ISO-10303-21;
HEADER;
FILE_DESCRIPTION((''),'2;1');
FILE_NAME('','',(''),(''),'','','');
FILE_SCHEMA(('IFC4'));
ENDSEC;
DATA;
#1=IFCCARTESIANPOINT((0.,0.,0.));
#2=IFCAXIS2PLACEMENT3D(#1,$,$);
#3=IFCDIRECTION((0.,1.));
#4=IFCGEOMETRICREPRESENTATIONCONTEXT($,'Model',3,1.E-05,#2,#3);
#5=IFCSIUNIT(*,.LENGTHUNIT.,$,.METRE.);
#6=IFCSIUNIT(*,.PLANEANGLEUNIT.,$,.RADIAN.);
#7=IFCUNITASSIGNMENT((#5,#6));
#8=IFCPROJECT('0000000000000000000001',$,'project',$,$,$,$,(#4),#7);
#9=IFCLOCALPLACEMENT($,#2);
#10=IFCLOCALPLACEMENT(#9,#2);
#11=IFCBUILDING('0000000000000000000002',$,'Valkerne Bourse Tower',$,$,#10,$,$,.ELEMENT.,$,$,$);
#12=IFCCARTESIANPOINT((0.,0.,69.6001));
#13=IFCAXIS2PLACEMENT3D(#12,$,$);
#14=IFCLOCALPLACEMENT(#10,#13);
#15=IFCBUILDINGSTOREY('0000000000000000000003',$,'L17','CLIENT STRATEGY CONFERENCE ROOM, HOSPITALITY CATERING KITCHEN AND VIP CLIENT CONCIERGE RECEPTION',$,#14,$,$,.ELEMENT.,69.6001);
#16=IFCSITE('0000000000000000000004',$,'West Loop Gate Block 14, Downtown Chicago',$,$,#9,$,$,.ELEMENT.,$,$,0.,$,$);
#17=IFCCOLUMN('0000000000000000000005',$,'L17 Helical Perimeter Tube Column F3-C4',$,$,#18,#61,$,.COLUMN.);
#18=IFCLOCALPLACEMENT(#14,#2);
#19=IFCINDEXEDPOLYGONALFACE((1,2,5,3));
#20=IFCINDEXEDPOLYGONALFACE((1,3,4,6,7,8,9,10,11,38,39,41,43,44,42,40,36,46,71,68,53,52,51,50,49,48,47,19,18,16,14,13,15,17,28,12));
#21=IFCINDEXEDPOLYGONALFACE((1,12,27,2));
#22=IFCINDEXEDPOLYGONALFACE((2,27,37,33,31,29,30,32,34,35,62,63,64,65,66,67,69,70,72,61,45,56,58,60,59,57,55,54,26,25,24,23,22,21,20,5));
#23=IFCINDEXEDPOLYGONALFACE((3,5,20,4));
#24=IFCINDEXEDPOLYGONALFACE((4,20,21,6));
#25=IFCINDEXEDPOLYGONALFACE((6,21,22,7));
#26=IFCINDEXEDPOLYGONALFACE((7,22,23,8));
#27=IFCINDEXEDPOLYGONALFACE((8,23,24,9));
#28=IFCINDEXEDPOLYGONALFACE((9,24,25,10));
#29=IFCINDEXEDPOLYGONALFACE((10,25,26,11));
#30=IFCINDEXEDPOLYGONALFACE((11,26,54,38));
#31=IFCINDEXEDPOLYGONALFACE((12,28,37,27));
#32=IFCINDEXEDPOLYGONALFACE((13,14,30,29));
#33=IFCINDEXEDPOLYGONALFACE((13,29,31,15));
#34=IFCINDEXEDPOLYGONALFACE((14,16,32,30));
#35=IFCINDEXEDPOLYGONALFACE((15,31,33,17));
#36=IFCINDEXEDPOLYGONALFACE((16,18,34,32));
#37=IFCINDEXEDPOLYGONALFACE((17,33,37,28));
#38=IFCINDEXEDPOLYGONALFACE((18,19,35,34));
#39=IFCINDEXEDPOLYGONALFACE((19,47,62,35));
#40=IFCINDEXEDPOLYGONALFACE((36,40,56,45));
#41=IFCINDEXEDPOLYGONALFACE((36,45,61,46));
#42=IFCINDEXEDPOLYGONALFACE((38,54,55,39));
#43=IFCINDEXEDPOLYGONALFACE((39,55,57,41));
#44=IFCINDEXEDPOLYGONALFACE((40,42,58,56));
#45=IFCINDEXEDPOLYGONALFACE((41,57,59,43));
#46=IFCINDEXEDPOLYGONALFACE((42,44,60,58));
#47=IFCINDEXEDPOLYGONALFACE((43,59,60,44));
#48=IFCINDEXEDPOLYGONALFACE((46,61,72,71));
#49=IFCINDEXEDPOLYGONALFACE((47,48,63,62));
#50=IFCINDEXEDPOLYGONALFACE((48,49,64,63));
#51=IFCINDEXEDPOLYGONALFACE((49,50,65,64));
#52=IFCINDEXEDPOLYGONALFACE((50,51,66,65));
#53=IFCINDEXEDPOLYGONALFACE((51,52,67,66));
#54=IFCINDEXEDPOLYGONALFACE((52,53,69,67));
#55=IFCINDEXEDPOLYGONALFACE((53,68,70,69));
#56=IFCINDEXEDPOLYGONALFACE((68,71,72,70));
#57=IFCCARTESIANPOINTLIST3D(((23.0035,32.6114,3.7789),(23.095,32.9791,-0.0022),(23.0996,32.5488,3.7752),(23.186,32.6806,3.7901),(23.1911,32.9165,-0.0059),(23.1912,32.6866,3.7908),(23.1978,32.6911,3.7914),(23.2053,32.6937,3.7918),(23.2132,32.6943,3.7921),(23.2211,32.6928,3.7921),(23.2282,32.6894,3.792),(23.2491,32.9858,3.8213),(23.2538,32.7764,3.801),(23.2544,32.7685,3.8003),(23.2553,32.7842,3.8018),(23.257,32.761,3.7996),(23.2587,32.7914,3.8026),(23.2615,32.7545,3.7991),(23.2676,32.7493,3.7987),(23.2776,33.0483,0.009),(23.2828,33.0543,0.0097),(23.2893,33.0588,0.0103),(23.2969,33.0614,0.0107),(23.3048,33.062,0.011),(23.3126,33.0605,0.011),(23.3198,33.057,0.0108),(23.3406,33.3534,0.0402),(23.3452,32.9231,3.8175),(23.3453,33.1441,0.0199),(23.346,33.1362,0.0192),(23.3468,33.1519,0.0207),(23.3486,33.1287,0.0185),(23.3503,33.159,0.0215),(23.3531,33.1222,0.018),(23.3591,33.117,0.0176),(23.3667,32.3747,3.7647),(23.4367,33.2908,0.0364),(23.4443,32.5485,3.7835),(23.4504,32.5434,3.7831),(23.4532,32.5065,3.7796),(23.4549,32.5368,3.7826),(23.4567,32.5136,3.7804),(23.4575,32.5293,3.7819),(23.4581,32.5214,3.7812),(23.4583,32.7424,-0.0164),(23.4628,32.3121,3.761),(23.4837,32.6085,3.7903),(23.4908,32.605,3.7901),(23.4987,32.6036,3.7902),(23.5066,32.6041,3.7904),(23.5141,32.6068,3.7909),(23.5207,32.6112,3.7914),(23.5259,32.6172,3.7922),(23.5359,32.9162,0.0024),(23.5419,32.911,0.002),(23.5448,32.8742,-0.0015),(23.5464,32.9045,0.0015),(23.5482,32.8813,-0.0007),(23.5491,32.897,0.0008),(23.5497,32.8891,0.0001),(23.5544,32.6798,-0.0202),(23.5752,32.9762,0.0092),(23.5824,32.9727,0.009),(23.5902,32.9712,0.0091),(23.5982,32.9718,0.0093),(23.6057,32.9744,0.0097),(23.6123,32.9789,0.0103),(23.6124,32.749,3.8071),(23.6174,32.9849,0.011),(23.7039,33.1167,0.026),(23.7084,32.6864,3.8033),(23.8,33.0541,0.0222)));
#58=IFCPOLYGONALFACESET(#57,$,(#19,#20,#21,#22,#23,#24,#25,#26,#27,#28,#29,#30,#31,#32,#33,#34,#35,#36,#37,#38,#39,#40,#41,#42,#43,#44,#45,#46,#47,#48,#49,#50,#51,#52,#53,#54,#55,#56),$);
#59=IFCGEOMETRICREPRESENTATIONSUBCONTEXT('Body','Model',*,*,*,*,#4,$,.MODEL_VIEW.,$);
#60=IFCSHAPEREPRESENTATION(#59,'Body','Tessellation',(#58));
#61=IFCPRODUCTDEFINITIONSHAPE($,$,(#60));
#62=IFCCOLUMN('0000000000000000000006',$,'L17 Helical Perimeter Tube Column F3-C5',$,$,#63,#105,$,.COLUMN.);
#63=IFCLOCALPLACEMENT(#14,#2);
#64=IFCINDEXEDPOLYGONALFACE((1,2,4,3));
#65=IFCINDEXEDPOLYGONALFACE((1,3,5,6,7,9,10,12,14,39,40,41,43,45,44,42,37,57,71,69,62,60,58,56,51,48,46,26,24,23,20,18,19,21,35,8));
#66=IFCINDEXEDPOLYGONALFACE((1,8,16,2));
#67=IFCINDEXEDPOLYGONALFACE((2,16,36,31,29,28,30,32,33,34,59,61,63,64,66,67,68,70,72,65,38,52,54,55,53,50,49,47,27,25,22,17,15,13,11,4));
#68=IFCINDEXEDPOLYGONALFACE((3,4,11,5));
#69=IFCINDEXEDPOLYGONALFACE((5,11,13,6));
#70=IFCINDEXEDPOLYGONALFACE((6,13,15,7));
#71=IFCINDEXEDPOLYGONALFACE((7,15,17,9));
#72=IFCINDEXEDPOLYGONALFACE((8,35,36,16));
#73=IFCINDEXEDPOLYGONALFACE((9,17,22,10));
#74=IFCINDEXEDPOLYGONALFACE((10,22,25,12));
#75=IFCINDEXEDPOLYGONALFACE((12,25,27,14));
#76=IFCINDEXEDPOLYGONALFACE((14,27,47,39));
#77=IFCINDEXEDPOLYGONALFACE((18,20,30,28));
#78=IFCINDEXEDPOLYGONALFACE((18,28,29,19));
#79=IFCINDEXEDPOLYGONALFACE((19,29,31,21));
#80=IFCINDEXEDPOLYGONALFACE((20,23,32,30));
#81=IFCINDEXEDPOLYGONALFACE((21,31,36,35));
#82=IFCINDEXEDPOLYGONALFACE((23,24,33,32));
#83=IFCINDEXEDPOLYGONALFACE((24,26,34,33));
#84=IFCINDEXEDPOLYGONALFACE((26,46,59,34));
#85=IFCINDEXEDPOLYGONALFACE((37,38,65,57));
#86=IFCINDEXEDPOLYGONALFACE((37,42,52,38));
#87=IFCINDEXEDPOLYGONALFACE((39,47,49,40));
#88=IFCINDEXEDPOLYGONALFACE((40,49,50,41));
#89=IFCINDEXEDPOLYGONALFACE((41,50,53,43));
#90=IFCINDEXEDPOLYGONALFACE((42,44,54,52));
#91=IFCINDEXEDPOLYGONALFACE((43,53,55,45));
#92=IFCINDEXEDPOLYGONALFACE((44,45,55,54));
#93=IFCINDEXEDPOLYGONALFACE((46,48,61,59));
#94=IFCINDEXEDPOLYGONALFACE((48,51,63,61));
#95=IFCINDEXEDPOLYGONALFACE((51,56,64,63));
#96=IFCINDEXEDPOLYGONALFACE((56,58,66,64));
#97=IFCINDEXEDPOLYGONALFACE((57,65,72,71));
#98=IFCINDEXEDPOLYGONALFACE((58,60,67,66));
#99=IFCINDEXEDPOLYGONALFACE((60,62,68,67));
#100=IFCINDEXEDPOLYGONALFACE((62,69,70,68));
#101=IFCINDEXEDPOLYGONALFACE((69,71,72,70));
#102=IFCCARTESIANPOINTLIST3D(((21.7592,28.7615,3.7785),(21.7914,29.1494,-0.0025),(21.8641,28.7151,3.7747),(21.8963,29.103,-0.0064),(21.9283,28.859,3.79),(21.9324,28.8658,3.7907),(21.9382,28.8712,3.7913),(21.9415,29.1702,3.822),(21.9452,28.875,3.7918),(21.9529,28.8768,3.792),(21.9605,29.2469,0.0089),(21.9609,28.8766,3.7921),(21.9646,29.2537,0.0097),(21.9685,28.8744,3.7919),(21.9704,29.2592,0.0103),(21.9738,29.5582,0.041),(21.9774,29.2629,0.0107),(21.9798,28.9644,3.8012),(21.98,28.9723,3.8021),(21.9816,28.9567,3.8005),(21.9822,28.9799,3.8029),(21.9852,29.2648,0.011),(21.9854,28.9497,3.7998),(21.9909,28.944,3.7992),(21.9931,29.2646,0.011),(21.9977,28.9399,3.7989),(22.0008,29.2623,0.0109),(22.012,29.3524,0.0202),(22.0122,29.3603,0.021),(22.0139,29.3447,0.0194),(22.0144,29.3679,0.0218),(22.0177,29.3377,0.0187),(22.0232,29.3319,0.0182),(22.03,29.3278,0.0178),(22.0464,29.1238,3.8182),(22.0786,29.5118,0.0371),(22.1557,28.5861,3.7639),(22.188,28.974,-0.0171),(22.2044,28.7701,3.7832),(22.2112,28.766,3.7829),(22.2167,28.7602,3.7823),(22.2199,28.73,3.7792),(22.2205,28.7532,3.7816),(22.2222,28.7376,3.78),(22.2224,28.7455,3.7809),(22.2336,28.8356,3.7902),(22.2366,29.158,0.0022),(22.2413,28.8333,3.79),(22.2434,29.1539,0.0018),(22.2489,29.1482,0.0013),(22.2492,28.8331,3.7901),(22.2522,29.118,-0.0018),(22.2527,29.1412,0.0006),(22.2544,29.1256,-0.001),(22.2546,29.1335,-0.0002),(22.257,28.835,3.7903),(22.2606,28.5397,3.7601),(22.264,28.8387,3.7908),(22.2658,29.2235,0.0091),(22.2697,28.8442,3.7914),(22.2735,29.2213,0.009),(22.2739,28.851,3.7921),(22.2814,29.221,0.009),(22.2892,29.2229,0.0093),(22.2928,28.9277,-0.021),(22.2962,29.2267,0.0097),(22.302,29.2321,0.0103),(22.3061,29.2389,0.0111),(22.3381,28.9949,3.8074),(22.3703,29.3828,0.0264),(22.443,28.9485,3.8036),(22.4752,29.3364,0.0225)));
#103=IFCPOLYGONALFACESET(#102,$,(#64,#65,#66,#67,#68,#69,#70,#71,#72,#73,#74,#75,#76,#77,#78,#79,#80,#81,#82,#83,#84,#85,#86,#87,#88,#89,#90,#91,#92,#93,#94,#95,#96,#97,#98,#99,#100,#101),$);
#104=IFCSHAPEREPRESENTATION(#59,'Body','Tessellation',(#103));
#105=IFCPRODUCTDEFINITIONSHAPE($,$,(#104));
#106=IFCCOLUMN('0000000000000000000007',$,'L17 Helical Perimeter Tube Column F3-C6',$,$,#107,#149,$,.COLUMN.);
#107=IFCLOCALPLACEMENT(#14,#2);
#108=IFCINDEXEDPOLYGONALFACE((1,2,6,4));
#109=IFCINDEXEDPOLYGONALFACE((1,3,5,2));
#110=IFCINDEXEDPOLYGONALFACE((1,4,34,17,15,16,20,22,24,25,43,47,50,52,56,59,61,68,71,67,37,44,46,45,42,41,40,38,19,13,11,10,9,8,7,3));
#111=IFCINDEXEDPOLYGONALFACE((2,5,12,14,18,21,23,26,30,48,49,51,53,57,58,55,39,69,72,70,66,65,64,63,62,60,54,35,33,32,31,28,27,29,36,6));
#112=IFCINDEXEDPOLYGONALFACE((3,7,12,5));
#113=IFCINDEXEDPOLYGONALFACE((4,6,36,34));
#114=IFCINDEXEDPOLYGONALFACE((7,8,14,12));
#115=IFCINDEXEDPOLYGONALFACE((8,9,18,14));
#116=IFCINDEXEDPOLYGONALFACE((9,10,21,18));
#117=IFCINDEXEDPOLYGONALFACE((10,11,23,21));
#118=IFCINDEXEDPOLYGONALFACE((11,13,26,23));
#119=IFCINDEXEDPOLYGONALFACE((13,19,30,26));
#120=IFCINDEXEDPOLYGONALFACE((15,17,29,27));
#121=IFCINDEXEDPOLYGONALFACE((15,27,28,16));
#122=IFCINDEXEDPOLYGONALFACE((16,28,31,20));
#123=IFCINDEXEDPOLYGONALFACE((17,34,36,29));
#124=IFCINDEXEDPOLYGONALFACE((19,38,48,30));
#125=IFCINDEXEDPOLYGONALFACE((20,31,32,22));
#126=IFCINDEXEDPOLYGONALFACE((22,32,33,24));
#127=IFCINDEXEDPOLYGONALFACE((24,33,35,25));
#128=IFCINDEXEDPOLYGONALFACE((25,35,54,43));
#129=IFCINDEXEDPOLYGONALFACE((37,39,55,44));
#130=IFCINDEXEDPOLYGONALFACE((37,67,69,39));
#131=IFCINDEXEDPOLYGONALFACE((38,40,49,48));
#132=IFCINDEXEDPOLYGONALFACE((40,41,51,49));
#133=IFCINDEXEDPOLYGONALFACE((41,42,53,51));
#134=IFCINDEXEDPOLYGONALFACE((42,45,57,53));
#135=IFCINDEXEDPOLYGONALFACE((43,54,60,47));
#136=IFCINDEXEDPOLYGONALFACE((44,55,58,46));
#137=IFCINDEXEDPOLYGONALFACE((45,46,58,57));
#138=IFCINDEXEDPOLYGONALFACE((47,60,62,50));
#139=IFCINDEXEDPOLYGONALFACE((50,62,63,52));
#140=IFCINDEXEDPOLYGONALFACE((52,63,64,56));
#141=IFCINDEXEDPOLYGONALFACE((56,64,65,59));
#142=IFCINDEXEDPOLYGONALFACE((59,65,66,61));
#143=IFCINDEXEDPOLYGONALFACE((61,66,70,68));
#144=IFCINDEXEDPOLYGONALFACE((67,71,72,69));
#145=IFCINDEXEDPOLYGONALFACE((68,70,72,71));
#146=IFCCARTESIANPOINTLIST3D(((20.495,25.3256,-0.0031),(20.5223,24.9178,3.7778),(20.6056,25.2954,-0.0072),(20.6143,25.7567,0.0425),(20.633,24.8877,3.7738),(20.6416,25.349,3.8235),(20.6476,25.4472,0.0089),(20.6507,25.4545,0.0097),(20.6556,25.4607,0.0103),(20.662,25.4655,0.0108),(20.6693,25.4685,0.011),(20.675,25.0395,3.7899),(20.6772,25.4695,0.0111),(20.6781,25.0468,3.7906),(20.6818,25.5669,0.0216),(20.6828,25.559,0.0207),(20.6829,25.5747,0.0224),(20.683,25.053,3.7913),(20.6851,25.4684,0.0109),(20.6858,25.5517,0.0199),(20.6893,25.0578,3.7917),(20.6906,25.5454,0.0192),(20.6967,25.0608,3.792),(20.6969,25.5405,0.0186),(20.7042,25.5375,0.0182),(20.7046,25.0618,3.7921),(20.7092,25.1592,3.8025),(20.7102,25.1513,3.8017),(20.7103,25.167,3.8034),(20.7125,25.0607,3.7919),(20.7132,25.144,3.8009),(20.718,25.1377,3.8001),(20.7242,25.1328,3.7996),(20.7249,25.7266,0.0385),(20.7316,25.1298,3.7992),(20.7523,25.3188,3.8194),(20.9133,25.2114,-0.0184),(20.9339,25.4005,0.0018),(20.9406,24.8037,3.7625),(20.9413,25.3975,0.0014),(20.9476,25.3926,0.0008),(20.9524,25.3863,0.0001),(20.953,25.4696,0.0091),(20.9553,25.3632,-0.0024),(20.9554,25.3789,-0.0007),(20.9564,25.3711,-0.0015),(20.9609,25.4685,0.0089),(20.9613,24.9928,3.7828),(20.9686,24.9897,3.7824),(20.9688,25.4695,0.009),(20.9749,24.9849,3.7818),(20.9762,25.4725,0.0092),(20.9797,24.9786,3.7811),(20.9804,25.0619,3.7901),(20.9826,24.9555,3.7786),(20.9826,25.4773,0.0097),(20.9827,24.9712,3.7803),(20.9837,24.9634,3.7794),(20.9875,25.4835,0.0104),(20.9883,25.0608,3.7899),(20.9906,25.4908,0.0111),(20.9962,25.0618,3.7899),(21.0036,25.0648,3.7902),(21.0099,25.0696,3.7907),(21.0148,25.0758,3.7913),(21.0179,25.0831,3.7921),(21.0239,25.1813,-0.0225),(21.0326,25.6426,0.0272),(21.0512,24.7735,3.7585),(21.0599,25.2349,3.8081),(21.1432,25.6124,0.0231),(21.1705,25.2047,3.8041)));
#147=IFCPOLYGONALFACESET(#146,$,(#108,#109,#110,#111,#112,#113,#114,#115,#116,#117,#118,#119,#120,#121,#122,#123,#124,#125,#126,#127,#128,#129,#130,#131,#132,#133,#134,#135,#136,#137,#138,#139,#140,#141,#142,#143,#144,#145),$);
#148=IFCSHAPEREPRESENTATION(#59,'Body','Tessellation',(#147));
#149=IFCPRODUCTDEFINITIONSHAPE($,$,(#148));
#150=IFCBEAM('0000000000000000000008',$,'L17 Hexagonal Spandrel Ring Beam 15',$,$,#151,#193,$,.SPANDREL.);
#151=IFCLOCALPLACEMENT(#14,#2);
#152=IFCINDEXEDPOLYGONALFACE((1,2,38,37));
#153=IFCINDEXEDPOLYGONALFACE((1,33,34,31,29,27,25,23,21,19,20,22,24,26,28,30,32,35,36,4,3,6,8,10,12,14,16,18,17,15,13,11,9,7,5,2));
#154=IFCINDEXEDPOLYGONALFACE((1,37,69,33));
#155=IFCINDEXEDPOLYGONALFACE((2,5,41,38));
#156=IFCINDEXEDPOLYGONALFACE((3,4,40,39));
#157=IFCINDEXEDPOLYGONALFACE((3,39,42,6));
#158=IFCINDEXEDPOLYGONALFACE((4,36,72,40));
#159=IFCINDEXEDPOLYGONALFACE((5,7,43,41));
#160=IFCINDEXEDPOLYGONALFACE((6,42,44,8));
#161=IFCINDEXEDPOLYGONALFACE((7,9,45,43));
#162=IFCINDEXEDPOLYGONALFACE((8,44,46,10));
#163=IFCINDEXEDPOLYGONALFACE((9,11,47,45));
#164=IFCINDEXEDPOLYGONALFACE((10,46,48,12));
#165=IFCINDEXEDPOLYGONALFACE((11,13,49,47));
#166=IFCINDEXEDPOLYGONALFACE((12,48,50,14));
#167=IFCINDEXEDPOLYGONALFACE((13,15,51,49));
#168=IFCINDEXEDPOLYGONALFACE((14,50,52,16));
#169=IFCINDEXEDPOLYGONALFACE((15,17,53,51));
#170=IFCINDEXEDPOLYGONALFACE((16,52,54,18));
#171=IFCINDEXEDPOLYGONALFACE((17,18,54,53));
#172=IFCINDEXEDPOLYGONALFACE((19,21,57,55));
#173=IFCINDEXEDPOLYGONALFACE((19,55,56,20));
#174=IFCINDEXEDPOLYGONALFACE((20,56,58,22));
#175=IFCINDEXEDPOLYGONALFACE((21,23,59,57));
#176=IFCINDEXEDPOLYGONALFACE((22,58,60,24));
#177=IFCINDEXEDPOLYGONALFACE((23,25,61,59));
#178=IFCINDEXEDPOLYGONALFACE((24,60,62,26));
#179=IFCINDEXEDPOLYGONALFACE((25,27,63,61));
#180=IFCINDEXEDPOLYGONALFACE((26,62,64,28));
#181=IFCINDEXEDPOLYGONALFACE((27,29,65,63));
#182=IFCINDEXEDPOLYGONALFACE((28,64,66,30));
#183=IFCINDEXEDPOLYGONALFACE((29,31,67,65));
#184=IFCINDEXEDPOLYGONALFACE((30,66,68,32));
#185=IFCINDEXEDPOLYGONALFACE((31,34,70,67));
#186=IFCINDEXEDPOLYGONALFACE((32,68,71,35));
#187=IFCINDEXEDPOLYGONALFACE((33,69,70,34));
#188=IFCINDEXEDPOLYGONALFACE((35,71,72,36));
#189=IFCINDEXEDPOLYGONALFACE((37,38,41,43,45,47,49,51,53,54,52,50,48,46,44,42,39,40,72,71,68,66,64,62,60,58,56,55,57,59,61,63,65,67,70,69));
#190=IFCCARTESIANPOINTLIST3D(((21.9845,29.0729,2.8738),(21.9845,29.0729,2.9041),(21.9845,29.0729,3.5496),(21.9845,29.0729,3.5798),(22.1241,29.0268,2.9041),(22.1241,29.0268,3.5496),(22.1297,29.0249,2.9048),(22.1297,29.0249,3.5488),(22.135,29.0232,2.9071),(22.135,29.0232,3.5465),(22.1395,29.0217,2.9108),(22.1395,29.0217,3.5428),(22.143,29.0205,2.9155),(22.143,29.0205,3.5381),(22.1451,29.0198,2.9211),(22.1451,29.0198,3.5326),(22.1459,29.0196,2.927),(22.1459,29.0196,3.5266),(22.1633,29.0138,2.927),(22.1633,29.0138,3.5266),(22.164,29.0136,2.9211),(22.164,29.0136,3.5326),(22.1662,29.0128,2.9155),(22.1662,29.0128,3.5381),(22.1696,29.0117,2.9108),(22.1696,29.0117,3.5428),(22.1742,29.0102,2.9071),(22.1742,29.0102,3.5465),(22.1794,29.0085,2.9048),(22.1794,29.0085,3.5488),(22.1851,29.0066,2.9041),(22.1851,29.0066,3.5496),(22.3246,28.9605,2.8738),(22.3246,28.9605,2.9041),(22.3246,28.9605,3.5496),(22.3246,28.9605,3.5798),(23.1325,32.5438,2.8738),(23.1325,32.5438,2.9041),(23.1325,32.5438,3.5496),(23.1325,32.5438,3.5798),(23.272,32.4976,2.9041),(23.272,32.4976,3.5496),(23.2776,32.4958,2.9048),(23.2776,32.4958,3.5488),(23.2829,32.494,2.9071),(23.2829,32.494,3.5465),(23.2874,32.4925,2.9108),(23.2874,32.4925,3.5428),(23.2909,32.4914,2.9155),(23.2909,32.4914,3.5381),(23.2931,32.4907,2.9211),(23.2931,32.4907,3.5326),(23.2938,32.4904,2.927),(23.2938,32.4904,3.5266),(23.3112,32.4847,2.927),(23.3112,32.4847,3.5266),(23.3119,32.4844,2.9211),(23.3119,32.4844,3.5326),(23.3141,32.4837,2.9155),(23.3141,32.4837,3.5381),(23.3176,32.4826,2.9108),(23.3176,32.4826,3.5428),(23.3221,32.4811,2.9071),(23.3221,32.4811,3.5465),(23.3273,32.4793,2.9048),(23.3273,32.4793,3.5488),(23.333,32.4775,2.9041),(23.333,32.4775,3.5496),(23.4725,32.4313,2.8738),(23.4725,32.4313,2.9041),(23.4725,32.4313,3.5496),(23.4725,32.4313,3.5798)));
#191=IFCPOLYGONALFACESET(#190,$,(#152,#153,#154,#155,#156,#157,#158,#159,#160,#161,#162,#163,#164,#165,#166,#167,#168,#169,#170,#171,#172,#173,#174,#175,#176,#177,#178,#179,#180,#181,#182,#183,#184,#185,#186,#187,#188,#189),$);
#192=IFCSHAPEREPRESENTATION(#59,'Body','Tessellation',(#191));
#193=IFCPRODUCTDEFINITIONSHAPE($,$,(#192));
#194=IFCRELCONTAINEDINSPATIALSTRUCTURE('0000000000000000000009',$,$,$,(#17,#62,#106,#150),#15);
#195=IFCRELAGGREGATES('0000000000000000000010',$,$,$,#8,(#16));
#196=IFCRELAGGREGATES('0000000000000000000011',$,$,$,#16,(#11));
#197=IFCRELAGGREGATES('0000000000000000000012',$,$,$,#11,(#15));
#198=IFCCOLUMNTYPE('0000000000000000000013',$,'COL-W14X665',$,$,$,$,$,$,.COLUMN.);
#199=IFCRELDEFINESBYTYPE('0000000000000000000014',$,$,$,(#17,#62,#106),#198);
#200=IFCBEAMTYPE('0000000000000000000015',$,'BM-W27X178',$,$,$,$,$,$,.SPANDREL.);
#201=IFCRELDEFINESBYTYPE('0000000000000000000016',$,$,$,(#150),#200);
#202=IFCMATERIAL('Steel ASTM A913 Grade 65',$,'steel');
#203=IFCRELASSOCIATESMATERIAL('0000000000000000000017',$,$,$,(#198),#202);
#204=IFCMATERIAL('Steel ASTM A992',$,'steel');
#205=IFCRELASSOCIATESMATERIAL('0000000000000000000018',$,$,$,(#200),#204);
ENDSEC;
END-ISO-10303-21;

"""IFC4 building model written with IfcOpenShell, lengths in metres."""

from ifc_helpers import new_model, si_unit, direction, frame, origin, origin_2d, place, context, subcontext, project, spatial, i_section, extrude, material, material_profile, profile_set, type_object, element, save


model = new_model("IFC4")

# Units and contexts
model_context = context("Model", 3, precision=1e-05, world=origin(), true_north=direction((0.0, 1.0)))
body_context = subcontext(model_context, "Body", "Model", "MODEL_VIEW")
ifc_project = project(units=[si_unit("LENGTHUNIT", "METRE"), si_unit("PLANEANGLEUNIT", "RADIAN")], contexts=[model_context])

# Site, building, storey
site_placement = place(None, origin())
site = spatial("IfcSite", under=ifc_project, at=site_placement, Name="West Loop Gate Block 14, Downtown Chicago", CompositionType="ELEMENT", RefElevation=0.0)
building_placement = place(site_placement, origin())
building = spatial("IfcBuilding", under=site, at=building_placement, Name="Valkerne Bourse Tower", CompositionType="ELEMENT")
storey_placement = place(building_placement, frame((0.0, 0.0, 69.6001)))
storey = spatial("IfcBuildingStorey", under=building, at=storey_placement, Name="L17", Description="CLIENT STRATEGY CONFERENCE ROOM, HOSPITALITY CATERING KITCHEN AND VIP CLIENT CONCIERGE RECEPTION", CompositionType="ELEMENT", Elevation=69.6001)

# Columns
ifc_material_1 = material(Name="Steel ASTM A913 Grade 65", Category="steel")
ifc_material_profile_1 = material_profile(ifc_material_1, i_section(OverallWidth=0.4497, OverallDepth=0.5486, WebThickness=0.072, FlangeThickness=0.1147, FilletRadius=0.0305, at=origin_2d()), Name="W14X665")
ifc_profile_set_1 = profile_set([ifc_material_profile_1], Name="Steel ASTM A913 Grade 65")
column_type = type_object("IfcColumnType", Name="COL-W14X665", PredefinedType="COLUMN", material=ifc_profile_set_1)
column_1_placement = place(storey_placement, frame((23.4475, 33.0166, 0.01), z_axis=(-0.024093, -0.096758, 0.995016), x_axis=(-0.546171, -0.832364, -0.094166)))
element("IfcColumn", 1, at=column_1_placement, inside=storey, type_object=column_type, Name="L17 Helical Perimeter Tube Column F3-C4", PredefinedType="COLUMN", context=body_context, shape_type="SweptSolid", body=[
    extrude(i_section(OverallWidth=0.4497, OverallDepth=0.5486, WebThickness=0.072, FlangeThickness=0.1147, FilletRadius=0.0305, at=origin_2d()), origin(), (0.0, 0.0, 1.0), 3.8),
])
column_2_placement = place(storey_placement, frame((22.1333, 29.2429, 0.01), z_axis=(-0.008478, -0.102063, 0.994742), x_axis=(-0.405508, -0.90896, -0.096718)))
element("IfcColumn", 2, at=column_2_placement, inside=storey, type_object=column_type, Name="L17 Helical Perimeter Tube Column F3-C5", PredefinedType="COLUMN", context=body_context, shape_type="SweptSolid", body=[
    extrude(i_section(OverallWidth=0.4497, OverallDepth=0.5486, WebThickness=0.072, FlangeThickness=0.1147, FilletRadius=0.0305, at=origin_2d()), origin(), (0.0, 0.0, 1.0), 3.801),
])
column_3_placement = place(storey_placement, frame((20.8191, 25.469, 0.01), z_axis=(0.00719, -0.107208, 0.994211), x_axis=(-0.265302, -0.958811, -0.101472)))
element("IfcColumn", 3, at=column_3_placement, inside=storey, type_object=column_type, Name="L17 Helical Perimeter Tube Column F3-C6", PredefinedType="COLUMN", context=body_context, shape_type="SweptSolid", body=[
    extrude(i_section(OverallWidth=0.4497, OverallDepth=0.5486, WebThickness=0.072, FlangeThickness=0.1147, FilletRadius=0.0305, at=origin_2d()), origin(), (0.0, 0.0, 1.0), 3.803),
])

# Beam
ifc_material_2 = material(Name="Steel ASTM A992", Category="steel")
ifc_material_profile_2 = material_profile(ifc_material_2, i_section(OverallWidth=0.3582, OverallDepth=0.7061, WebThickness=0.0183, FlangeThickness=0.0303, FilletRadius=0.0229, at=origin_2d()), Name="W27X178")
ifc_profile_set_2 = profile_set([ifc_material_profile_2], Name="Steel ASTM A992")
beam_type_1 = type_object("IfcBeamType", Name="BM-W27X178", PredefinedType="SPANDREL", material=ifc_profile_set_2)
for number, where, z_axis, x_axis, name in (
    (4, (23.3025, 32.4875, 3.2268), (-0.314003, -0.949422, 0.0), (0.949422, -0.314003, 0.0), "L17 Hexagonal Spandrel Ring Beam 15"),
):
    element("IfcBeam", number, at=place(storey_placement, frame(where, z_axis=z_axis, x_axis=x_axis)), inside=storey, type_object=beam_type_1, Name=name, PredefinedType="SPANDREL", context=body_context, shape_type="SweptSolid", body=[
        extrude(i_section(OverallWidth=0.3582, OverallDepth=0.7061, WebThickness=0.0183, FlangeThickness=0.0303, FilletRadius=0.0229, at=origin_2d()), origin(), (0.0, 0.0, 1.0), 3.6558),
    ])

save(model, "model.ifc")
